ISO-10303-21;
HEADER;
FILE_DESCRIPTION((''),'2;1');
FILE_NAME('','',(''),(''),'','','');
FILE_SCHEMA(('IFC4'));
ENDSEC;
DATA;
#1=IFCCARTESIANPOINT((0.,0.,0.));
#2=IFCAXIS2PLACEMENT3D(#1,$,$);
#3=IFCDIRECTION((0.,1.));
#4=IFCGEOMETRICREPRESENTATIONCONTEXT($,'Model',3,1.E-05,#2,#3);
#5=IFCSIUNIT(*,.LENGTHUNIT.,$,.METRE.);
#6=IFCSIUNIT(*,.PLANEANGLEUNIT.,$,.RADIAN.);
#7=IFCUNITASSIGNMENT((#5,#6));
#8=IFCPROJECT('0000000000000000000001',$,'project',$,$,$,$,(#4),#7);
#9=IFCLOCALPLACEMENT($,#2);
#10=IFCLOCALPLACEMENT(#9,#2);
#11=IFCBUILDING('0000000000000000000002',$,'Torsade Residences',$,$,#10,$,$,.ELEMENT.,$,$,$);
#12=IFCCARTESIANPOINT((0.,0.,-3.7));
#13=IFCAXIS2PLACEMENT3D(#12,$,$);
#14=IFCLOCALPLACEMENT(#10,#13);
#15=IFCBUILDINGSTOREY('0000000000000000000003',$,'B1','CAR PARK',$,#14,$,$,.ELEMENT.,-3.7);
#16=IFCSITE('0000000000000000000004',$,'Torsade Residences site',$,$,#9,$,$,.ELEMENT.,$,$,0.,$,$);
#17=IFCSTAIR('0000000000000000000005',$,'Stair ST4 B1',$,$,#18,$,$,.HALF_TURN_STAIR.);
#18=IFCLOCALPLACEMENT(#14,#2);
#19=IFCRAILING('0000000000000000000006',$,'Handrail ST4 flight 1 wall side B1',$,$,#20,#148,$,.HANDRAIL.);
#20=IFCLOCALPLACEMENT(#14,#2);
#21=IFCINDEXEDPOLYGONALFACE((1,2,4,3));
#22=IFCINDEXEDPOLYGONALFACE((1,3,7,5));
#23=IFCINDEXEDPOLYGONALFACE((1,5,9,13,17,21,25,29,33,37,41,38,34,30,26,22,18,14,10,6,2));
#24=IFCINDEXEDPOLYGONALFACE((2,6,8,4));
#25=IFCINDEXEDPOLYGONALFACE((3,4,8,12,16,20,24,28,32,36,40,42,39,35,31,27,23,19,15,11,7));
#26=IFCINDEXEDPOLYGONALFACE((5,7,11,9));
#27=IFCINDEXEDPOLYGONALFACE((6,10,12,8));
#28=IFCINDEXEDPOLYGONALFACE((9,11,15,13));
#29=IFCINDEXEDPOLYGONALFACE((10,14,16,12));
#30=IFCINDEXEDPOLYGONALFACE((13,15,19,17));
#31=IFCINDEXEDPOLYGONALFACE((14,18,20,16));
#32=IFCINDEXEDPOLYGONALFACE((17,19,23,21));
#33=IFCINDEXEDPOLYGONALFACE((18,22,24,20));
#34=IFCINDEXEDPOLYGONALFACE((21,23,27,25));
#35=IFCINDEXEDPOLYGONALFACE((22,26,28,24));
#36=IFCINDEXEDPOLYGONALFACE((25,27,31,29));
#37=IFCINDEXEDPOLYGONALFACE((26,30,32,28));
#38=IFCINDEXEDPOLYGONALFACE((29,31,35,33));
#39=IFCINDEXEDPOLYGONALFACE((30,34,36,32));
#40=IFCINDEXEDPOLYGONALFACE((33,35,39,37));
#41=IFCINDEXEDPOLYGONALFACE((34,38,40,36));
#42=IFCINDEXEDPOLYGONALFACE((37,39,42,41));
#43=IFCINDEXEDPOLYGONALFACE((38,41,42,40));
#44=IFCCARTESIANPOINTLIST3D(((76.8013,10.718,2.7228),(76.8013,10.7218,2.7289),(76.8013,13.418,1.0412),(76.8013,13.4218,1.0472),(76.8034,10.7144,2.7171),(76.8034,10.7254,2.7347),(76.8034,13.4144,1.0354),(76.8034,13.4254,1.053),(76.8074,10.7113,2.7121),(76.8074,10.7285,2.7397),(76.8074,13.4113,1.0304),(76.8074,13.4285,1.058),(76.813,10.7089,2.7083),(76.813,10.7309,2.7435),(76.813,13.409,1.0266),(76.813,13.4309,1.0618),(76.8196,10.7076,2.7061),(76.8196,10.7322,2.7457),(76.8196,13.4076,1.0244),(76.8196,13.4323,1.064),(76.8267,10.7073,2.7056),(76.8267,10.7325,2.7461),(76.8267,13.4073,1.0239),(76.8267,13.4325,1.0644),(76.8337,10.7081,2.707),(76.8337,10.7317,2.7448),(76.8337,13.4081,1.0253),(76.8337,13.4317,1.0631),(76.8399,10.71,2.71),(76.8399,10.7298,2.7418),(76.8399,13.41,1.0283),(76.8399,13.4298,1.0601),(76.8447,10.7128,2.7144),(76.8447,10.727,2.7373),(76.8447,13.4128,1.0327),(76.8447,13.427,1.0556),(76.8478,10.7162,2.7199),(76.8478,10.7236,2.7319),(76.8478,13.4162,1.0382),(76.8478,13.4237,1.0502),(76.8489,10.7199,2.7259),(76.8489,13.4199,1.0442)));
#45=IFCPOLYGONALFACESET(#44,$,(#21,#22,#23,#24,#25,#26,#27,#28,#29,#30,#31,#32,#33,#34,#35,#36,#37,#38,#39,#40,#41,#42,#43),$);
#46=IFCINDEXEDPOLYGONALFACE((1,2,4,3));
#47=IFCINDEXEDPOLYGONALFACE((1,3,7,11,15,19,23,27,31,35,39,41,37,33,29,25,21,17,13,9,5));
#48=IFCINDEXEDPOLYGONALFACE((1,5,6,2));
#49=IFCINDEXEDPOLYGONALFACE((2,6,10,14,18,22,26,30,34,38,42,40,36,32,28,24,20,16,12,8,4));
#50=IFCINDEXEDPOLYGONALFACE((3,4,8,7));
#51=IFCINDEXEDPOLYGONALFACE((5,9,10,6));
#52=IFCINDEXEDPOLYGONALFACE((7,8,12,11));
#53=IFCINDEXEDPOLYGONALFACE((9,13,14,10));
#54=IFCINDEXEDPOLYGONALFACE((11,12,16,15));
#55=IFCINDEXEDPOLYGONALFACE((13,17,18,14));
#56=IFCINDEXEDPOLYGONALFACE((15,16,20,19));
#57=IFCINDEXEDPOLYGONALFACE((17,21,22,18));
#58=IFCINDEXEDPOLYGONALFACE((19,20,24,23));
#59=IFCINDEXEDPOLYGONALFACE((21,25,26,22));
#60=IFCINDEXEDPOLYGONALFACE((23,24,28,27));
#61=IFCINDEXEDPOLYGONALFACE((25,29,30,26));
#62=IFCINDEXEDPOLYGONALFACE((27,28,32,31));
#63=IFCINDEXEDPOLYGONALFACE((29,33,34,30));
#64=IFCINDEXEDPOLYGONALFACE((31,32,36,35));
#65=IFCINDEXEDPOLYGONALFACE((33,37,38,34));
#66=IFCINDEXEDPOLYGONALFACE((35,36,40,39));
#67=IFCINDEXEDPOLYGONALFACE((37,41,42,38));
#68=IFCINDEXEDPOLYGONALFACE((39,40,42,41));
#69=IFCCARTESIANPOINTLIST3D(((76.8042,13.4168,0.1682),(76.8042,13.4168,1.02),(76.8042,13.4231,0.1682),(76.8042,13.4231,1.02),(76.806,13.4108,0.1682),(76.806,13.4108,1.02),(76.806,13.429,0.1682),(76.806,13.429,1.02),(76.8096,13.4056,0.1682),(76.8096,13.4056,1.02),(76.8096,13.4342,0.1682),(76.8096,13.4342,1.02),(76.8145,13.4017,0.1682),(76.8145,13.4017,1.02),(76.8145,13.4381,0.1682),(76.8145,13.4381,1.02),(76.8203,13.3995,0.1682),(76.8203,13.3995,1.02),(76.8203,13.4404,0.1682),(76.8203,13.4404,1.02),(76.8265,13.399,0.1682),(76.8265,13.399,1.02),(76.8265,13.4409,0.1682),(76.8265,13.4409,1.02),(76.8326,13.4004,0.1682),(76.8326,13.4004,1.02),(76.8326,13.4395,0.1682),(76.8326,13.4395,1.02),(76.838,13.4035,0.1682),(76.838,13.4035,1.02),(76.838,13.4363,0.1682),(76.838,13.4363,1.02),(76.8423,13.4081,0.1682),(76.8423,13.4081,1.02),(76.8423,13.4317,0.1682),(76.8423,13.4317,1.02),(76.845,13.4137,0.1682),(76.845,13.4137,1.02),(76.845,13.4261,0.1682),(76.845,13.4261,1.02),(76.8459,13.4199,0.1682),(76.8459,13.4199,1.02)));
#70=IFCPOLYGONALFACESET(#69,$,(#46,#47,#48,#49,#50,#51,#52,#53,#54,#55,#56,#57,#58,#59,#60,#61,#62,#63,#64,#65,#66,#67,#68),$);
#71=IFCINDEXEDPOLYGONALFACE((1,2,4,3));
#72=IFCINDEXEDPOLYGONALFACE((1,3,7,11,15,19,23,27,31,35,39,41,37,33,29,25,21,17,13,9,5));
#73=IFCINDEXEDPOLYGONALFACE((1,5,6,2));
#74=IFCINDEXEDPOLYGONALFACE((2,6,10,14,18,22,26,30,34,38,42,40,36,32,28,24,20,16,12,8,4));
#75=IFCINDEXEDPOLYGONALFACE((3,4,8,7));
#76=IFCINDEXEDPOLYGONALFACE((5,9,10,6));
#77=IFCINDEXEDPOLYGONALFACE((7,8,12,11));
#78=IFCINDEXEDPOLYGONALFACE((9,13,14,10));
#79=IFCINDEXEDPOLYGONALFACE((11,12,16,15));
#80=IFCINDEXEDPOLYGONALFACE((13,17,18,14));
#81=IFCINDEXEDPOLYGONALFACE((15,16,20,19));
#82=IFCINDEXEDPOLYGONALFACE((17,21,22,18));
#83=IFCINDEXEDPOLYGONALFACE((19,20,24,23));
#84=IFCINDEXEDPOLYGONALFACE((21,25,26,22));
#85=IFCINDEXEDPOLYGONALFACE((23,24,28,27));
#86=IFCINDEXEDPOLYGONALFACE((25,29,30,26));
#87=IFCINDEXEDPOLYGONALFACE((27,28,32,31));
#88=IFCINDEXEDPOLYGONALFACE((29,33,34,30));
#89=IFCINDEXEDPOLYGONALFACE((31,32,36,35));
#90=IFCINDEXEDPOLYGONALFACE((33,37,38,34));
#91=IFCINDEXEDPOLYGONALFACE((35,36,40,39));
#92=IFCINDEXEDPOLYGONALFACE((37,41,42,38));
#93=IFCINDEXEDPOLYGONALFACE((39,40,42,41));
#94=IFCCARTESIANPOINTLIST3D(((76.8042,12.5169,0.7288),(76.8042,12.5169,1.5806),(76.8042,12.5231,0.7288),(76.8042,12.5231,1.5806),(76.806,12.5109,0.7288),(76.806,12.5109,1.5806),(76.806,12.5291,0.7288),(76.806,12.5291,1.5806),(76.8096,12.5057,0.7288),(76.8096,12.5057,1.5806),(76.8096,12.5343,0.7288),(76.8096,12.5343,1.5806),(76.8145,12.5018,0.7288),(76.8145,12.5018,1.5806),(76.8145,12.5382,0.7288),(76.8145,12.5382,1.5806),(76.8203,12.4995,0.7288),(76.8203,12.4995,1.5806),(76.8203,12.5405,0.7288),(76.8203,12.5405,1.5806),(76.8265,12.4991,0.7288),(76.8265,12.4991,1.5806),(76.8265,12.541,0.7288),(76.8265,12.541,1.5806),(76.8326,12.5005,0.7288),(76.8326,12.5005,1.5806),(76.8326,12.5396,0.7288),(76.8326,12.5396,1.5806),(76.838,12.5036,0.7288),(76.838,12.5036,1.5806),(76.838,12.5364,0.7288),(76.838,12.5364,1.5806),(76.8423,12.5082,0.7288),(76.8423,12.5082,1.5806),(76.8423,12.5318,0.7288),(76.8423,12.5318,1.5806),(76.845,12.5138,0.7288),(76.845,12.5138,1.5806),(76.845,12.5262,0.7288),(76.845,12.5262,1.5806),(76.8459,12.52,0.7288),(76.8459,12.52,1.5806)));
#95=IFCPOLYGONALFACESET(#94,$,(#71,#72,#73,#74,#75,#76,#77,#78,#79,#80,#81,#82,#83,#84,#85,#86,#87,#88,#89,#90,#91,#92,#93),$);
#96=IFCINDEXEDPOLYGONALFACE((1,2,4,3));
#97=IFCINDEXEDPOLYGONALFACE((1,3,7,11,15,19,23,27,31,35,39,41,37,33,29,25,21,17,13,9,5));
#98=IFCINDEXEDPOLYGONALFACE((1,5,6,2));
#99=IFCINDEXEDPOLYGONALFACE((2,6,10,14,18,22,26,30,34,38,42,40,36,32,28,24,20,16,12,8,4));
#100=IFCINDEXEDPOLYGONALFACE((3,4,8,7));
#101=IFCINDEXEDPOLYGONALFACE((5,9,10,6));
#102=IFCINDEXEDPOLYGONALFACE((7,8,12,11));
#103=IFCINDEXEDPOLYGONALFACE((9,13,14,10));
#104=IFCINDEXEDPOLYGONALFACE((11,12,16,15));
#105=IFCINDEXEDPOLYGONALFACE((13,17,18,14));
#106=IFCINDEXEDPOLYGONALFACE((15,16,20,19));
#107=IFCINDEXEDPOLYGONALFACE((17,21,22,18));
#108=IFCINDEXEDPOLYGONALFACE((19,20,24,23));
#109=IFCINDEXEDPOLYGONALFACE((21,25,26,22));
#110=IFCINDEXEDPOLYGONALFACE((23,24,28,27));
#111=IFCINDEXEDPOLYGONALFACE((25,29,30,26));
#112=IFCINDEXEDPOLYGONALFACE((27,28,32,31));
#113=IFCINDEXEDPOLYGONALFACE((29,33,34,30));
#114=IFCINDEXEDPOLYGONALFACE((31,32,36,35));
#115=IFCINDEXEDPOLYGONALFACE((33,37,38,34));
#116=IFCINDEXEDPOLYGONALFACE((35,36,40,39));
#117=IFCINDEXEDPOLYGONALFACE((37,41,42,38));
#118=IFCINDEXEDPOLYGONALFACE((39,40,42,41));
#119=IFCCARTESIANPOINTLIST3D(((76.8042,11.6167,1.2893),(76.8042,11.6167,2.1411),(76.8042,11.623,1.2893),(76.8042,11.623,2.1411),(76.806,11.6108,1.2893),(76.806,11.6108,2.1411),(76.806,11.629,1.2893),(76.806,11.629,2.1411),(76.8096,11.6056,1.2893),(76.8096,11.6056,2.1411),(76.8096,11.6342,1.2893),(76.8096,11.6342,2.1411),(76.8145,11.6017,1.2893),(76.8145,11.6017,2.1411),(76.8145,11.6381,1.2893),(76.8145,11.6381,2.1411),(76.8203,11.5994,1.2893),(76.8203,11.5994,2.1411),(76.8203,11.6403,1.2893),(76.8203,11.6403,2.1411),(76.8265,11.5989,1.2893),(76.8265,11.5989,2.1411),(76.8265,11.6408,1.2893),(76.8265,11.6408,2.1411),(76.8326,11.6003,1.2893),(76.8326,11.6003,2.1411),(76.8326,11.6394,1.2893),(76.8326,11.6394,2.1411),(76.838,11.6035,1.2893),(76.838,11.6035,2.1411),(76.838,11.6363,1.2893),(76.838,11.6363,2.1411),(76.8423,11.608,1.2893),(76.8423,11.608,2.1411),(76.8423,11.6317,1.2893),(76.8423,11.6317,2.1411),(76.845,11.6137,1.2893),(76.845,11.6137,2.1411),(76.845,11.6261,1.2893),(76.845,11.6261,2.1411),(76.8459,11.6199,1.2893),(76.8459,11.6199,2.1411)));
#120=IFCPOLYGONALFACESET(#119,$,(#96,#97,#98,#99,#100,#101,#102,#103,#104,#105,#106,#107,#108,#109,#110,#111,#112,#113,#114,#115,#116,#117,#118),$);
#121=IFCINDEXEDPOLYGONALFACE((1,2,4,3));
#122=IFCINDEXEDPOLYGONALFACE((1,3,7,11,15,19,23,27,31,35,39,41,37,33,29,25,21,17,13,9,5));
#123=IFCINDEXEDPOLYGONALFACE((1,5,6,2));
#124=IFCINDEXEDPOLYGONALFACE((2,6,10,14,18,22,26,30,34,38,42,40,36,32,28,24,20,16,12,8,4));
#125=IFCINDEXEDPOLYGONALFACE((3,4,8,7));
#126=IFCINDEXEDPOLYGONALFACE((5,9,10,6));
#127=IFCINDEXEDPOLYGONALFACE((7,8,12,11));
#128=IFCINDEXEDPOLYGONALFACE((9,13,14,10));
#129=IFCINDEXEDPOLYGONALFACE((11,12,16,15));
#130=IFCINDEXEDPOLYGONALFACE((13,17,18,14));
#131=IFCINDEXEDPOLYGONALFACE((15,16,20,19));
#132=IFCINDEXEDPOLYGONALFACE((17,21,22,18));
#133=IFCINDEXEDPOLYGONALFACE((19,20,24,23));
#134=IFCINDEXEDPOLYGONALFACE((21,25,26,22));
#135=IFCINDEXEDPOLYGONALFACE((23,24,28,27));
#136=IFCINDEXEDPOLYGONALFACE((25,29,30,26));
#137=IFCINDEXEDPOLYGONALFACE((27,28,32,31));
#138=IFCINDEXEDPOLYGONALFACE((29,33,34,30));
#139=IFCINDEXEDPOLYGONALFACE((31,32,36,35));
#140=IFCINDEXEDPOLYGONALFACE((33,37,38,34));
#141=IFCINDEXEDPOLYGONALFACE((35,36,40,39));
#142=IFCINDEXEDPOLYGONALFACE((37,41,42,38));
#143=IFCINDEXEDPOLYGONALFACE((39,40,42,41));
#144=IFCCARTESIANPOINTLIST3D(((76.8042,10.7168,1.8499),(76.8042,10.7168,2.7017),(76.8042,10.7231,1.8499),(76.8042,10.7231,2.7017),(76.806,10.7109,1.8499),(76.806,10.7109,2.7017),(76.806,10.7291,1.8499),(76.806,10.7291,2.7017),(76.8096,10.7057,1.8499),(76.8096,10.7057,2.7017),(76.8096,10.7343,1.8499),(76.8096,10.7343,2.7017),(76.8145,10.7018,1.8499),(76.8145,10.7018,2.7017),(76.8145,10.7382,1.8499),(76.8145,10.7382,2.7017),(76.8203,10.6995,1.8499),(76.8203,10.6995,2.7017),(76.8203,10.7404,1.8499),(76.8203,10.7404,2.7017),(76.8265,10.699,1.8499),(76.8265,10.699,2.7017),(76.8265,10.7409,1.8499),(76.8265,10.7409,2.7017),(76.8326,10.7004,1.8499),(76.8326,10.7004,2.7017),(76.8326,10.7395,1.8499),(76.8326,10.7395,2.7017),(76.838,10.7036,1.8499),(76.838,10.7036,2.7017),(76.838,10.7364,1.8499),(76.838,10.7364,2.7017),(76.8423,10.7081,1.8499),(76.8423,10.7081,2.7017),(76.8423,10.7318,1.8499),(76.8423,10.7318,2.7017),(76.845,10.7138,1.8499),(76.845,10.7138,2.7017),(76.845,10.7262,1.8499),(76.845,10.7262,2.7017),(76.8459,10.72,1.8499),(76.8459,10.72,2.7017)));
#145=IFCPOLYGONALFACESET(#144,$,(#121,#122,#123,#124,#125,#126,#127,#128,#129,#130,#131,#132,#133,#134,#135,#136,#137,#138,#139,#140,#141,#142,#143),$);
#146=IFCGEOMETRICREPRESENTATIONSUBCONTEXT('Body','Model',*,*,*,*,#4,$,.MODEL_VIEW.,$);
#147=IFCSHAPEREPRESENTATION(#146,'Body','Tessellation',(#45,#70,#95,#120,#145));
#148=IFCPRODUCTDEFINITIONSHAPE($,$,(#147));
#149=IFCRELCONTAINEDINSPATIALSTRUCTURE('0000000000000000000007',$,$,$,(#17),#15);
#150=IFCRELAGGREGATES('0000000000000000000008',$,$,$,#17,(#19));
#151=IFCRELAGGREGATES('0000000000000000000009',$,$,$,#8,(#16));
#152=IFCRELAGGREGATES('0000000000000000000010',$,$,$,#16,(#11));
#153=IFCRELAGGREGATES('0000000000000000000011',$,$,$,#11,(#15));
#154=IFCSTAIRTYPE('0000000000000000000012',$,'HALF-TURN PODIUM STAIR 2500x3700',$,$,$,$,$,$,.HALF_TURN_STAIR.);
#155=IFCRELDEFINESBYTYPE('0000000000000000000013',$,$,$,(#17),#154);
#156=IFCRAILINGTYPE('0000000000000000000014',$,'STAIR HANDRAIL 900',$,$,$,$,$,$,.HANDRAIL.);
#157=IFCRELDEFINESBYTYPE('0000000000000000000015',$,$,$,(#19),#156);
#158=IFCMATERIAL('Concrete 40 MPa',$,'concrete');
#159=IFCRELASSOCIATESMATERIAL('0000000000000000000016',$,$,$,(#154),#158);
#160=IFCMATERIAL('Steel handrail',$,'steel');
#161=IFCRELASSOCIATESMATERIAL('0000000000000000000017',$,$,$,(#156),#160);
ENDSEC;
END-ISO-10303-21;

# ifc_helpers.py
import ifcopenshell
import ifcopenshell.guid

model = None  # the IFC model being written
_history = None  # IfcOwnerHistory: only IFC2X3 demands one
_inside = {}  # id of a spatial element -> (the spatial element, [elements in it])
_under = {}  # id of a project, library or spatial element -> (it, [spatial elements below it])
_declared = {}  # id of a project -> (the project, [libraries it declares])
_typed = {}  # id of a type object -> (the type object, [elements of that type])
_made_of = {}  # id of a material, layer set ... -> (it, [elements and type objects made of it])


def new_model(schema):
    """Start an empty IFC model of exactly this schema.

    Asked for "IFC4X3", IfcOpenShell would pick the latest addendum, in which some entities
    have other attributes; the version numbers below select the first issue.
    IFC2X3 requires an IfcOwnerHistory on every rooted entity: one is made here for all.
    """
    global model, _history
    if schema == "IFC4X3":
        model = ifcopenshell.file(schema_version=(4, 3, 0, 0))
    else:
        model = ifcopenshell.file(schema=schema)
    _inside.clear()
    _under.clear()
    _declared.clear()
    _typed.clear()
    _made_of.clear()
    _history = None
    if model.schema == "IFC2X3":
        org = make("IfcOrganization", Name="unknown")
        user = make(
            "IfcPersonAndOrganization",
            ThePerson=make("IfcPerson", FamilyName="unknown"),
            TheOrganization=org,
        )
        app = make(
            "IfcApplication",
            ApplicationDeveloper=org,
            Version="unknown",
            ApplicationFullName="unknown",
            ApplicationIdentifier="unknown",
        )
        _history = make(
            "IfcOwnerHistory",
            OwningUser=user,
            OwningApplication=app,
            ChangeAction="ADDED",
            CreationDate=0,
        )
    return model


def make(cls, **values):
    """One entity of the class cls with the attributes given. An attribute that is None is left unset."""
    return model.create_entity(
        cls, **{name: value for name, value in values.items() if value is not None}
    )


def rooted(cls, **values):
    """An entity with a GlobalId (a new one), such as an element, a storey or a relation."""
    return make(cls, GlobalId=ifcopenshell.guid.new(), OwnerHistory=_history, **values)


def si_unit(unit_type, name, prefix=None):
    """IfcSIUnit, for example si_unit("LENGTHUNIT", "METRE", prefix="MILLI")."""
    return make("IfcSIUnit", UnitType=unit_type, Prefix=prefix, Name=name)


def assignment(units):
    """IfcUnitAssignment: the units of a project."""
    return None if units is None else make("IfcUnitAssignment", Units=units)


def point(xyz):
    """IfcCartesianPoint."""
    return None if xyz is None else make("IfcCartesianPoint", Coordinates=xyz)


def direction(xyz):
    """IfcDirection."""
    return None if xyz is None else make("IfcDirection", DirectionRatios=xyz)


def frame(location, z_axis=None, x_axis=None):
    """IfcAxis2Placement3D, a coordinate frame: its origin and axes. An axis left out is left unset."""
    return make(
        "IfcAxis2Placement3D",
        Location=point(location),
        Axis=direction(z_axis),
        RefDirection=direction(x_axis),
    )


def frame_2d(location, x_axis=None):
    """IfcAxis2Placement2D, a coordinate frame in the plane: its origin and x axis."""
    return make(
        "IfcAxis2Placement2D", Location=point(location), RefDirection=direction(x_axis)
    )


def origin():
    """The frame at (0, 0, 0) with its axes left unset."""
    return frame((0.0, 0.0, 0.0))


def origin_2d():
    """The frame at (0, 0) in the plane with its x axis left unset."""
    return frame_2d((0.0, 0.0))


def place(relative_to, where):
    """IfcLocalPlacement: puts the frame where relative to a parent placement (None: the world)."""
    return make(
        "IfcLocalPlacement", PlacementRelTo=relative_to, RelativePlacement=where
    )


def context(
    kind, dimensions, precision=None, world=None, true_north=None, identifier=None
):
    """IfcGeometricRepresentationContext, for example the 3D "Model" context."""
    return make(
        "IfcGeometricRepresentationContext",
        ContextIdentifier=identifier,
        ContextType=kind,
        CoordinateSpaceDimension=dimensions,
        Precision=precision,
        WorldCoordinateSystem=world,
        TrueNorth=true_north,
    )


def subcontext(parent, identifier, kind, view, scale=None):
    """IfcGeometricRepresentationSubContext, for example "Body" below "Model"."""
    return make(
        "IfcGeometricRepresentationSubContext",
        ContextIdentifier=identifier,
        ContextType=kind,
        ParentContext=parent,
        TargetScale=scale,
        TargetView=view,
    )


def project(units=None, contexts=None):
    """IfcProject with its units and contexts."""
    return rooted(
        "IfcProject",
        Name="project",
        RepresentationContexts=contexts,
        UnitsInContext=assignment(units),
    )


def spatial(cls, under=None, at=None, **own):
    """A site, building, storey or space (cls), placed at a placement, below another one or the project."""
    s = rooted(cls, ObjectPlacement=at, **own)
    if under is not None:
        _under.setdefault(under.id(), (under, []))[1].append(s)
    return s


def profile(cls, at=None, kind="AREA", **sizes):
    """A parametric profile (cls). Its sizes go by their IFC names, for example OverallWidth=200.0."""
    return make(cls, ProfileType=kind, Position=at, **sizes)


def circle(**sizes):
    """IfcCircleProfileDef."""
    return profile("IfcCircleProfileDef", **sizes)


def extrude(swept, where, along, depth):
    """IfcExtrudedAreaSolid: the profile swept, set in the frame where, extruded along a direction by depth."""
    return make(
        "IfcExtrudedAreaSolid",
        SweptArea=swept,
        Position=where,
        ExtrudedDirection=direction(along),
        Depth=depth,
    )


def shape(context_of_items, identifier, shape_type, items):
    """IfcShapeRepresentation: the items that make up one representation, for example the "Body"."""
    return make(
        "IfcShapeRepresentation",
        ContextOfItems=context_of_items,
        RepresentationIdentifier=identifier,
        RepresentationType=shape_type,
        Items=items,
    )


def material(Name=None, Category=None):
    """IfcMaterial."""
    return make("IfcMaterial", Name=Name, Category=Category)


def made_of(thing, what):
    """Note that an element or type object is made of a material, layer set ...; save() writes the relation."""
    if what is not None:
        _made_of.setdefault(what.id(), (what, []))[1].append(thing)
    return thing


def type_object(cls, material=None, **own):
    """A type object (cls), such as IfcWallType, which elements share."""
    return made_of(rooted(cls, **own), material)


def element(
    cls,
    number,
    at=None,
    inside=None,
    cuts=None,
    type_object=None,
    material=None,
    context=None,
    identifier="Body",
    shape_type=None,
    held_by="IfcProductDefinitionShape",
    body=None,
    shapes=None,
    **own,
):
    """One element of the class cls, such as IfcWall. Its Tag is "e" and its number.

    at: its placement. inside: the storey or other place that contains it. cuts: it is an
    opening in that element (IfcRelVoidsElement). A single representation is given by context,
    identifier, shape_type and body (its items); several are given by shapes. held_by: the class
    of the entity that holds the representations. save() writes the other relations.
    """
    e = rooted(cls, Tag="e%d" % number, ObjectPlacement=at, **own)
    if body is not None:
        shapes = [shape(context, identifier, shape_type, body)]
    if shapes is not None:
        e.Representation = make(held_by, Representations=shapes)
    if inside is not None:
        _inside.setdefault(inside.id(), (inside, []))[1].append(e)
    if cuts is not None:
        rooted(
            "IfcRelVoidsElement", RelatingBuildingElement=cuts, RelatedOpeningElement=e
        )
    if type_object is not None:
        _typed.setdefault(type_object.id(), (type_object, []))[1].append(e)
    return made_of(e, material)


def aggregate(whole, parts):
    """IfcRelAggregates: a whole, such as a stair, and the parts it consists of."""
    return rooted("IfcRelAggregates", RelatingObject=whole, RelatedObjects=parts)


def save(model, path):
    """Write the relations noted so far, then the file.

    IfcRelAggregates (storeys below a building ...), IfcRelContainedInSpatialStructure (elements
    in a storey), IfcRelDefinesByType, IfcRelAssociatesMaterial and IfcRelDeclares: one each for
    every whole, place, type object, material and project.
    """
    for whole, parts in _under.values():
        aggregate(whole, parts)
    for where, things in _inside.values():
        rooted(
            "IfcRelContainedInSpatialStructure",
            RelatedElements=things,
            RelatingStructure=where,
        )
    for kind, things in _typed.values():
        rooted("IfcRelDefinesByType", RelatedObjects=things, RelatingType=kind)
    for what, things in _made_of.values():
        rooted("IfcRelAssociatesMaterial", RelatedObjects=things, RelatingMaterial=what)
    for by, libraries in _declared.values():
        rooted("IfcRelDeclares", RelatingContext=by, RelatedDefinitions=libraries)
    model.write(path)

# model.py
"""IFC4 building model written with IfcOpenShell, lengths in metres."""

from ifc_helpers import new_model, si_unit, direction, frame, origin, origin_2d, place, context, subcontext, project, spatial, circle, extrude, material, type_object, element, aggregate, save


model = new_model("IFC4")

# Units and contexts
model_context = context("Model", 3, precision=1e-05, world=origin(), true_north=direction((0.0, 1.0)))
body_context = subcontext(model_context, "Body", "Model", "MODEL_VIEW")
ifc_project = project(units=[si_unit("LENGTHUNIT", "METRE"), si_unit("PLANEANGLEUNIT", "RADIAN")], contexts=[model_context])

# Site, building, storey
site_placement = place(None, origin())
site = spatial("IfcSite", under=ifc_project, at=site_placement, Name="Torsade Residences site", CompositionType="ELEMENT", RefElevation=0.0)
building_placement = place(site_placement, origin())
building = spatial("IfcBuilding", under=site, at=building_placement, Name="Torsade Residences", CompositionType="ELEMENT")
storey_placement = place(building_placement, frame((0.0, 0.0, -3.7)))
storey = spatial("IfcBuildingStorey", under=building, at=storey_placement, Name="B1", Description="CAR PARK", CompositionType="ELEMENT", Elevation=-3.7)

# Stair, railing
ifc_material_1 = material(Name="Concrete 40 MPa", Category="concrete")
stair_type = type_object("IfcStairType", Name="HALF-TURN PODIUM STAIR 2500x3700", PredefinedType="HALF_TURN_STAIR", material=ifc_material_1)
stair_placement = place(storey_placement, origin())
stair = element("IfcStair", 1, at=stair_placement, inside=storey, type_object=stair_type, Name="Stair ST4 B1", PredefinedType="HALF_TURN_STAIR")
ifc_material_2 = material(Name="Steel handrail", Category="steel")
railing_type_1 = type_object("IfcRailingType", Name="STAIR HANDRAIL 900", PredefinedType="HANDRAIL", material=ifc_material_2)
railing_1_placement = place(storey_placement, frame((76.825, 13.4199, 0.1682)))
railing_1 = element("IfcRailing", 2, at=railing_1_placement, type_object=railing_type_1, Name="Handrail ST4 flight 1 wall side B1", PredefinedType="HANDRAIL", context=body_context, shape_type="SweptSolid", body=[
    extrude(circle(Radius=0.0239, at=origin_2d()), frame((0.0, 0.0, 0.876), z_axis=(0.0, -0.848821, 0.528681), x_axis=(1.0, 0.0, 0.0)), (0.0, 0.0, 1.0), 3.1809),
    extrude(circle(Radius=0.021, at=origin_2d()), origin(), (0.0, 0.0, 1.0), 0.8518),
    extrude(circle(Radius=0.021, at=origin_2d()), frame((0.0, -0.8999, 0.5605)), (0.0, 0.0, 1.0), 0.8518),
    extrude(circle(Radius=0.021, at=origin_2d()), frame((0.0, -1.8, 1.1211)), (0.0, 0.0, 1.0), 0.8518),
    extrude(circle(Radius=0.021, at=origin_2d()), frame((0.0, -2.7, 1.6816)), (0.0, 0.0, 1.0), 0.8518),
])
aggregate(stair, [railing_1])

save(model, "model.ifc")
